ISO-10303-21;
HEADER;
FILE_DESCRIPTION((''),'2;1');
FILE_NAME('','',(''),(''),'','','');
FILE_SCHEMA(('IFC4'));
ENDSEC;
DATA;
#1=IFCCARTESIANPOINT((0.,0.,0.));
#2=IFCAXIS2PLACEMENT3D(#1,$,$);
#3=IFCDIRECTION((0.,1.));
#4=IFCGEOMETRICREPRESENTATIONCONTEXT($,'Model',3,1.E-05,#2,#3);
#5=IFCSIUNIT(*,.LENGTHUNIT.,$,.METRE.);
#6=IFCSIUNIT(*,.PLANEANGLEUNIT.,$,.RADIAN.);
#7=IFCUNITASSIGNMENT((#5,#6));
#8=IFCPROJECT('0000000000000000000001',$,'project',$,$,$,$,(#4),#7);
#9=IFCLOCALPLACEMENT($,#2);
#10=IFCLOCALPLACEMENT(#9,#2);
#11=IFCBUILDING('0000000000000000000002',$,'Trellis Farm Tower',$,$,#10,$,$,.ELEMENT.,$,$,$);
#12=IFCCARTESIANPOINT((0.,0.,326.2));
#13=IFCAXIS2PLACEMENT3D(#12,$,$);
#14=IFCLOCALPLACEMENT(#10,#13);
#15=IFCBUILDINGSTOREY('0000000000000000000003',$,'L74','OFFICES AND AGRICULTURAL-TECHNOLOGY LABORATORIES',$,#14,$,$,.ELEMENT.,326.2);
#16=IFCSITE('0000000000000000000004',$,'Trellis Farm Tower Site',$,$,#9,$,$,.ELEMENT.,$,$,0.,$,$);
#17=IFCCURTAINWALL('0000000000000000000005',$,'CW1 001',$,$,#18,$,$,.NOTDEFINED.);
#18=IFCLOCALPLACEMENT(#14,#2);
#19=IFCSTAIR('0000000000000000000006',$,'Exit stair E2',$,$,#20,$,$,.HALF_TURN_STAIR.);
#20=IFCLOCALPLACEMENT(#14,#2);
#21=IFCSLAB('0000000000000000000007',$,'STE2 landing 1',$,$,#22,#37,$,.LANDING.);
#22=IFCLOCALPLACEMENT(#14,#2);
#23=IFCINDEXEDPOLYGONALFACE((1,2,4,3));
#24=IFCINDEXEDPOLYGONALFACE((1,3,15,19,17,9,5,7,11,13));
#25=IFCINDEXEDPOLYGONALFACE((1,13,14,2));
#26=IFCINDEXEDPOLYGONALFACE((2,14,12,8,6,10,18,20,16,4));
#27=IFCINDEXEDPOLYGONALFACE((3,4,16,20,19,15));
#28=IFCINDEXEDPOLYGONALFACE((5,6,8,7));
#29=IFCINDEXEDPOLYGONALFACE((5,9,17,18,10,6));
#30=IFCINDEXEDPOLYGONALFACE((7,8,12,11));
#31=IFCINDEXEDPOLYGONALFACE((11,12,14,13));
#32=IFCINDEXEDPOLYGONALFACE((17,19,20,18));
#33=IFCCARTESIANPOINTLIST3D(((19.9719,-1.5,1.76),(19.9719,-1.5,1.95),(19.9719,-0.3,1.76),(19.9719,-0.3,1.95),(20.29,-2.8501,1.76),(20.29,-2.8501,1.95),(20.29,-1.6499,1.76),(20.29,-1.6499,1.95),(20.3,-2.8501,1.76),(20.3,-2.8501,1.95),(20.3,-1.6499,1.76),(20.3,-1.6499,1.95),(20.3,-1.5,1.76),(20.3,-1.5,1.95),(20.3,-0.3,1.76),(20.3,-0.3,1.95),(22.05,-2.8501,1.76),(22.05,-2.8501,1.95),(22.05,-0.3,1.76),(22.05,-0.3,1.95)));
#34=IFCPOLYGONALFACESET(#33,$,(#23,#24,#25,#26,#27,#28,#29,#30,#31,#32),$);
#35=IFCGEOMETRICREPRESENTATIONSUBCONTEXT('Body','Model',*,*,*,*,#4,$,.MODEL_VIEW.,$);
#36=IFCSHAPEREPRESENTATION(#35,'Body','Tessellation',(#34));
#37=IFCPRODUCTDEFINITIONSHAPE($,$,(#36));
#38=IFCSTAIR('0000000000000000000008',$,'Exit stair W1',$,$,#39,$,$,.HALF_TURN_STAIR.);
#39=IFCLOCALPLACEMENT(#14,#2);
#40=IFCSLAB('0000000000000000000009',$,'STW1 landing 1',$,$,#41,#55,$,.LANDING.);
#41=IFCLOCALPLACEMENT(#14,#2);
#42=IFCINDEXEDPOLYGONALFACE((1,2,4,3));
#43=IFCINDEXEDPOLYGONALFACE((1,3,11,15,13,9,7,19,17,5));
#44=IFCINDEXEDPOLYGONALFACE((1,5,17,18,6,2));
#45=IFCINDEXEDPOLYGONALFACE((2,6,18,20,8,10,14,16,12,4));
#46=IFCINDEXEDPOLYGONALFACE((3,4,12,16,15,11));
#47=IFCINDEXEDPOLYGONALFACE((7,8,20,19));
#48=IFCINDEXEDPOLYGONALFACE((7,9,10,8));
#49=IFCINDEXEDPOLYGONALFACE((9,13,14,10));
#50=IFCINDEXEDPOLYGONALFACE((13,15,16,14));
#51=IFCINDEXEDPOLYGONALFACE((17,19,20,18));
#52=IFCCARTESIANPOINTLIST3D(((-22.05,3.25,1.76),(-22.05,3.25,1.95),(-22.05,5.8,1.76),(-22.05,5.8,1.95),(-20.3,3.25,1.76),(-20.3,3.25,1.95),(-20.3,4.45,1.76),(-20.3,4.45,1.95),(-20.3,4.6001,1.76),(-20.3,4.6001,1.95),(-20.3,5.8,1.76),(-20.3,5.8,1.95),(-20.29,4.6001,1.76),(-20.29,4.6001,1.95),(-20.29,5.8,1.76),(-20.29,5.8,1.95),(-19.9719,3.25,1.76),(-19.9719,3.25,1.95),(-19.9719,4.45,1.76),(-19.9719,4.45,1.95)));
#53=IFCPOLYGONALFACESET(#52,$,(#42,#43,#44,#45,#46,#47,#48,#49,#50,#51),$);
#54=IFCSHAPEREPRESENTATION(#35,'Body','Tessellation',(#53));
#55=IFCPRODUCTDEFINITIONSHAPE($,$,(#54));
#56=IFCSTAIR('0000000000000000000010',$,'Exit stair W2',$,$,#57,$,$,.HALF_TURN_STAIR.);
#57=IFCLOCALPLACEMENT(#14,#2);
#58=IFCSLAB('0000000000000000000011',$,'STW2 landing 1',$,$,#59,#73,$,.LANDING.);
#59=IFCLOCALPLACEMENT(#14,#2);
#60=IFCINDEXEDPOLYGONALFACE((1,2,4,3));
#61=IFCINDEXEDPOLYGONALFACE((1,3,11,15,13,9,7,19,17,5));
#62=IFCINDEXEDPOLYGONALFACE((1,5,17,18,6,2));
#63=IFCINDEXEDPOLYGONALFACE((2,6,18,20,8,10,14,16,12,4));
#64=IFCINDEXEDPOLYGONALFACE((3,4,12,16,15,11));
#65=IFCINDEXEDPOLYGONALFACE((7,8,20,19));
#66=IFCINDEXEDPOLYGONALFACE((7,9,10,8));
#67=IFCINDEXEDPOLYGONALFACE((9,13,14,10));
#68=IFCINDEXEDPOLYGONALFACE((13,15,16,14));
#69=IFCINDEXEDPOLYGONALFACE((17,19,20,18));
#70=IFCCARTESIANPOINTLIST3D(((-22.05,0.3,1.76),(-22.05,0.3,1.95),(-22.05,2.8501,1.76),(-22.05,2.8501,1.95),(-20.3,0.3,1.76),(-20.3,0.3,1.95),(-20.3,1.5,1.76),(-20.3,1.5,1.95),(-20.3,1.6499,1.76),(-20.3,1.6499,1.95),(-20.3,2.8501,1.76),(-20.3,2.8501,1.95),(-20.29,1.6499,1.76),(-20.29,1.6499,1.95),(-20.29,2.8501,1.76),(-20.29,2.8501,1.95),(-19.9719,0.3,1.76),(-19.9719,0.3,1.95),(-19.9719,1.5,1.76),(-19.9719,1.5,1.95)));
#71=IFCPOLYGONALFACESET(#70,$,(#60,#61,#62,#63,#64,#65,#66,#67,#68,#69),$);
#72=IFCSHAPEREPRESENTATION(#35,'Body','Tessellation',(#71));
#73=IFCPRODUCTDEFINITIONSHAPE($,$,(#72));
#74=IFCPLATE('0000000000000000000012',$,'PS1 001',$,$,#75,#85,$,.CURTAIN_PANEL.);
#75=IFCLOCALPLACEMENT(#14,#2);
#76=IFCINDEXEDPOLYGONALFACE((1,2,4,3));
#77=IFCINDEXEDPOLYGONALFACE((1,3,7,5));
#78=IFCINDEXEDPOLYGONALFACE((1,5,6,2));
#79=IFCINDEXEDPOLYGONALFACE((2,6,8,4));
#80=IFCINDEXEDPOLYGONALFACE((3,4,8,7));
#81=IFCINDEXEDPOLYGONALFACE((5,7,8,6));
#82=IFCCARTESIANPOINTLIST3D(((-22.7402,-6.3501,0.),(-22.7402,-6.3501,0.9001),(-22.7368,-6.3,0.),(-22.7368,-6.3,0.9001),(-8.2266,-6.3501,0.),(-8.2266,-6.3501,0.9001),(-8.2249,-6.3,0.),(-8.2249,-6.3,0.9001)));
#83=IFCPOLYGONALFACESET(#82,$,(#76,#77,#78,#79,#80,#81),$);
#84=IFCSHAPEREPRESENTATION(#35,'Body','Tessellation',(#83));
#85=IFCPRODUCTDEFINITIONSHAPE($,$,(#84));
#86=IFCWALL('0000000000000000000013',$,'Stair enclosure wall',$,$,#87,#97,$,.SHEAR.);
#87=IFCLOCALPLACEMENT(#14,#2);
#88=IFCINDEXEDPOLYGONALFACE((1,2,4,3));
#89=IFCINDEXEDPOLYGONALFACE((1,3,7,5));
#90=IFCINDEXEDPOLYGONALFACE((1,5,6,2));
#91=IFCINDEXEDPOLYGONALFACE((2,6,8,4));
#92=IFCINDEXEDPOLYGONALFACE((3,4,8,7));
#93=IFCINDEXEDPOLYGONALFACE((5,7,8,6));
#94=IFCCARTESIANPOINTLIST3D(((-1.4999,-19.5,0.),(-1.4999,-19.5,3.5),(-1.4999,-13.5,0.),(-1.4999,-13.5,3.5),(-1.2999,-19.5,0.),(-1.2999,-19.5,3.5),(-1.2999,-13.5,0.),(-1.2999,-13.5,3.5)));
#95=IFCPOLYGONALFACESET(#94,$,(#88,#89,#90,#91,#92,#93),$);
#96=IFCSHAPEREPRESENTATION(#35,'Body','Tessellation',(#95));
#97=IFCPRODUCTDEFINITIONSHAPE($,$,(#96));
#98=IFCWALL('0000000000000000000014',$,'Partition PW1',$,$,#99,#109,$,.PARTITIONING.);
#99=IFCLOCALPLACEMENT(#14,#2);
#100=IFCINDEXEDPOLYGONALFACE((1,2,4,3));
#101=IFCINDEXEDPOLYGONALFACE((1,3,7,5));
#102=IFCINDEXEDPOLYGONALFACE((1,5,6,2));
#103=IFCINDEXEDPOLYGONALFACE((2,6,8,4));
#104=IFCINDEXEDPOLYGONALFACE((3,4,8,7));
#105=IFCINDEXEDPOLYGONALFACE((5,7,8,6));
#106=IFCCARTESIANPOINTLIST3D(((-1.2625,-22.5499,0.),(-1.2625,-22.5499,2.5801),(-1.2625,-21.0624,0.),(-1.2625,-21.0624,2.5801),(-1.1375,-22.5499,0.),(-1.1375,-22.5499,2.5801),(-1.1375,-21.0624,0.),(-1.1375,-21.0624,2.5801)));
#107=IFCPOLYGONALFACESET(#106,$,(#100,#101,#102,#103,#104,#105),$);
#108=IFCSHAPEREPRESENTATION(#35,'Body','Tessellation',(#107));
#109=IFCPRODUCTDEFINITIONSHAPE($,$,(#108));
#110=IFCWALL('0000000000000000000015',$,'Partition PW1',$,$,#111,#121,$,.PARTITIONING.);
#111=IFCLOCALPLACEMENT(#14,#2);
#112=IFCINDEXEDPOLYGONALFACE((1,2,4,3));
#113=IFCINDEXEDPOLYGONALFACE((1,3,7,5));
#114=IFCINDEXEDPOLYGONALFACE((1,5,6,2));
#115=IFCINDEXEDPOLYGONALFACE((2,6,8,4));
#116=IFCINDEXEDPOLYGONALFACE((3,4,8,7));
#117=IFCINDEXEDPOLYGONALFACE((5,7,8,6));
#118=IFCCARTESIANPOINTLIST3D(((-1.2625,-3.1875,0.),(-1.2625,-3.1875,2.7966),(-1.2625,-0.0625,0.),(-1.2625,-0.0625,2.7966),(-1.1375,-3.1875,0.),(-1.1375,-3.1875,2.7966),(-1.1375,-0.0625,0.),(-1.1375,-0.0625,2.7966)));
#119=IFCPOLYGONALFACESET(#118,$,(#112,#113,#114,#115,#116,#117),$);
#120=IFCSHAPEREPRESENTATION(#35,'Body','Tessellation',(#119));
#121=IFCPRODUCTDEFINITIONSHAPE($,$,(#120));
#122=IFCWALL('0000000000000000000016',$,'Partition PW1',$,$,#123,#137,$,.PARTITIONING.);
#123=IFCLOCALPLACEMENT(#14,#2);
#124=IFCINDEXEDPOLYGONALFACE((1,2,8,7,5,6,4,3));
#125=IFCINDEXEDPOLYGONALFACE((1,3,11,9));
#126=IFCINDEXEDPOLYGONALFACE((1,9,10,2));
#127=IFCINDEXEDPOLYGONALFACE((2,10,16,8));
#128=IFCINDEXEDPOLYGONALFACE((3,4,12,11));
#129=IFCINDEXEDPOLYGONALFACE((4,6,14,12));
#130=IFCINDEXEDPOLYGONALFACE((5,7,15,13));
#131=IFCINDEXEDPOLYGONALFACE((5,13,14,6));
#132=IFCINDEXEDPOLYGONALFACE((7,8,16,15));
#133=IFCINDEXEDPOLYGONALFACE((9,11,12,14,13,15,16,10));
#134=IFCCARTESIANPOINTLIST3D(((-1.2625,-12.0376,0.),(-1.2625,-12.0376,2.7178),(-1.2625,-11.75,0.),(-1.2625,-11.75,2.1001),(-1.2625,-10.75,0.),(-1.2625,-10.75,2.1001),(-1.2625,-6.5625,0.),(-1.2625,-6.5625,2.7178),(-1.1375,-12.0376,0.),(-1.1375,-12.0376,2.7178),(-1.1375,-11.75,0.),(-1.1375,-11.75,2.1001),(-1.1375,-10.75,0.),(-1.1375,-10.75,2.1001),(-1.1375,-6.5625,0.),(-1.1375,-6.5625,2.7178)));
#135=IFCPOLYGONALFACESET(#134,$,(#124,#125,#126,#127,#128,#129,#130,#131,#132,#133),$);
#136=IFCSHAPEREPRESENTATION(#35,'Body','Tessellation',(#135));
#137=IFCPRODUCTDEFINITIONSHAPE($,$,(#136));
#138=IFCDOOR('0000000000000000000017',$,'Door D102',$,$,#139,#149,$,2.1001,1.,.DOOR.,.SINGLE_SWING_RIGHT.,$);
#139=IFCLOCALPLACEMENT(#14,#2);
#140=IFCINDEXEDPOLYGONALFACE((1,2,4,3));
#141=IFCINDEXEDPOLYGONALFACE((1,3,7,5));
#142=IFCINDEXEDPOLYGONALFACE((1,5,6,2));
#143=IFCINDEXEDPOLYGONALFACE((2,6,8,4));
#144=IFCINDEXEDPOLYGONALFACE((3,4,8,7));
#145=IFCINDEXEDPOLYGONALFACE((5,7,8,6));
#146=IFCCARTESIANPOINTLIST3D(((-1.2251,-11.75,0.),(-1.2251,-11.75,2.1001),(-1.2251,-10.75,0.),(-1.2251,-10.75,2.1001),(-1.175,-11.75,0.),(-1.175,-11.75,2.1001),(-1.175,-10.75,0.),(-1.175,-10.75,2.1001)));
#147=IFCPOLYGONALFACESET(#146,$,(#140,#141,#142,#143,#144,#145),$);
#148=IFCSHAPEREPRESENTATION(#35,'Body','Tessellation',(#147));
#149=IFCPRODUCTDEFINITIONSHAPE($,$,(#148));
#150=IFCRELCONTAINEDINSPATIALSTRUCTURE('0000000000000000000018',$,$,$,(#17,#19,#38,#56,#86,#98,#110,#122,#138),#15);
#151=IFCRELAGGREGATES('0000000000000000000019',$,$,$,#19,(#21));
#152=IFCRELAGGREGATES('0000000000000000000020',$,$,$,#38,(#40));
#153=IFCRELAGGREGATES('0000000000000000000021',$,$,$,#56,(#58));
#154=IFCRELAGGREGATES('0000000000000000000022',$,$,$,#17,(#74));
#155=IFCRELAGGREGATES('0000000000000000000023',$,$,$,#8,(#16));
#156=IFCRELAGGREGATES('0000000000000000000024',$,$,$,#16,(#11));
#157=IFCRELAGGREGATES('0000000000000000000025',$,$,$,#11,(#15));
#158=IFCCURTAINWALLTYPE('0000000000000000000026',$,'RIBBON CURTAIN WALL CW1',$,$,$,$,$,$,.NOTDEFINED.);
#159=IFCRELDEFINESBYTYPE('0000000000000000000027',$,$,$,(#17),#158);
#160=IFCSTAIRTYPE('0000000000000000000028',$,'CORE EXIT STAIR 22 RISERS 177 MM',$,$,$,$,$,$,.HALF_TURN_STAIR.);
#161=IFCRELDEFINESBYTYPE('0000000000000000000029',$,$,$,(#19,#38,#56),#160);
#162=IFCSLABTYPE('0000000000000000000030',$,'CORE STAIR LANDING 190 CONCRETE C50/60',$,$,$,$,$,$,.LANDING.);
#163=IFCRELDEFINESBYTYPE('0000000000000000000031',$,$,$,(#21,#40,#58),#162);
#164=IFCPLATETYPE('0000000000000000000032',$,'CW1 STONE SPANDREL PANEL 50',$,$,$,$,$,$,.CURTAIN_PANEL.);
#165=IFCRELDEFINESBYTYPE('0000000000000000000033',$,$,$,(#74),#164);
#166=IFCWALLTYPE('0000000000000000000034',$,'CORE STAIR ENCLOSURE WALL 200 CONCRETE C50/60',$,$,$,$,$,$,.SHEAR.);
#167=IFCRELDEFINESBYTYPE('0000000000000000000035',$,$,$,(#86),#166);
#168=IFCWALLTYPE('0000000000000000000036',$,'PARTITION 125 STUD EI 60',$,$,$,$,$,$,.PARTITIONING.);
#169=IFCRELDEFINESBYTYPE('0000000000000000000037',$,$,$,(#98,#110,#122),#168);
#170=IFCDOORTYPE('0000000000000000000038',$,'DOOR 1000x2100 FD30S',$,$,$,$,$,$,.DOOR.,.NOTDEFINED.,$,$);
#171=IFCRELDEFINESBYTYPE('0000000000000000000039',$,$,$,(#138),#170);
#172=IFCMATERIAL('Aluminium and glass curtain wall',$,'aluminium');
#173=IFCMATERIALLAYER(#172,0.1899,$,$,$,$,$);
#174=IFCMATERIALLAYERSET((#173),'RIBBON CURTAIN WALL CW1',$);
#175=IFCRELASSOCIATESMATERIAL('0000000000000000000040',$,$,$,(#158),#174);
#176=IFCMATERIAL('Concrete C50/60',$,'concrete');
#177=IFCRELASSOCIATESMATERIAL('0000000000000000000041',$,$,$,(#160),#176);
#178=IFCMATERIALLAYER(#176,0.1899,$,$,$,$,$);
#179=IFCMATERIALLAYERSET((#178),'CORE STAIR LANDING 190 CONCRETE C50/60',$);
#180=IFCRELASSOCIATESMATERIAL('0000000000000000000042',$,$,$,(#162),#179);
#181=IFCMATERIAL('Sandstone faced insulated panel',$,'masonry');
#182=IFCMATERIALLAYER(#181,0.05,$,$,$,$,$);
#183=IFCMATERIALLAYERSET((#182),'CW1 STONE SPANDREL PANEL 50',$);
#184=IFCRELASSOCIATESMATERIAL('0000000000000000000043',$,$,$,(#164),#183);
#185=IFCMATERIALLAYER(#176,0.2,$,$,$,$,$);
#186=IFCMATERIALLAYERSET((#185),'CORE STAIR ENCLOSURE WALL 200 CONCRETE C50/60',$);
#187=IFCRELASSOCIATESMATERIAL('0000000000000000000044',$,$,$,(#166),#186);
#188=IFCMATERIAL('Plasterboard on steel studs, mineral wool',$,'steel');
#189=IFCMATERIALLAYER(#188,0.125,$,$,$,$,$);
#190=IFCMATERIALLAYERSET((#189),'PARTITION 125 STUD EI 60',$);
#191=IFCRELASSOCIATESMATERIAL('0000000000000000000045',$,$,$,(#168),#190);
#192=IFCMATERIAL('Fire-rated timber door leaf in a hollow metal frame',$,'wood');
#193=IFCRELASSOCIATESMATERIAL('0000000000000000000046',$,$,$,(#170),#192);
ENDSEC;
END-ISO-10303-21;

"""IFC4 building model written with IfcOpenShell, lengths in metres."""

from ifc_helpers import new_model, si_unit, direction, frame, frame_2d, origin, place, context, subcontext, project, spatial, polyline, rectangle, outline, extrude, source, transform, mapped, material, layer, layer_set, type_object, element, fill, aggregate, save


model = new_model("IFC4")

# Units and contexts
model_context = context("Model", 3, precision=1e-05, world=origin(), true_north=direction((0.0, 1.0)))
body_context = subcontext(model_context, "Body", "Model", "MODEL_VIEW")
ifc_project = project(units=[si_unit("LENGTHUNIT", "METRE"), si_unit("PLANEANGLEUNIT", "RADIAN")], contexts=[model_context])

# Site, building, storey
site_placement = place(None, origin())
site = spatial("IfcSite", under=ifc_project, at=site_placement, Name="Trellis Farm Tower Site", CompositionType="ELEMENT", RefElevation=0.0)
building_placement = place(site_placement, origin())
building = spatial("IfcBuilding", under=site, at=building_placement, Name="Trellis Farm Tower", CompositionType="ELEMENT")
storey_placement = place(building_placement, frame((0.0, 0.0, 326.2)))
storey = spatial("IfcBuildingStorey", under=building, at=storey_placement, Name="L74", Description="OFFICES AND AGRICULTURAL-TECHNOLOGY LABORATORIES", CompositionType="ELEMENT", Elevation=326.2)

# Curtain wall
ifc_material_1 = material(Name="Aluminium and glass curtain wall", Category="aluminium")
placement_1 = place(storey_placement, origin())
ifc_layer_1 = layer(ifc_material_1, 0.1899)
ifc_layer_set_1 = layer_set([ifc_layer_1], Name="RIBBON CURTAIN WALL CW1")
curtain_wall_type_1 = type_object("IfcCurtainWallType", Name="RIBBON CURTAIN WALL CW1", PredefinedType="NOTDEFINED", material=ifc_layer_set_1)
curtain_wall_1 = element("IfcCurtainWall", 1, at=placement_1, inside=storey, type_object=curtain_wall_type_1, Name="CW1 001", PredefinedType="NOTDEFINED")

# Stairs, slabs
ifc_material_2 = material(Name="Concrete C50/60", Category="concrete")
stair_type = type_object("IfcStairType", Name="CORE EXIT STAIR 22 RISERS 177 MM", PredefinedType="HALF_TURN_STAIR", material=ifc_material_2)
ifc_layer_2 = layer(ifc_material_2, 0.1899)
ifc_layer_set_2 = layer_set([ifc_layer_2], Name="CORE STAIR LANDING 190 CONCRETE C50/60")
slab_type_1 = type_object("IfcSlabType", Name="CORE STAIR LANDING 190 CONCRETE C50/60", PredefinedType="LANDING", material=ifc_layer_set_2)
placement_2 = place(storey_placement, frame((0.0, 0.0, 1.76)))
stair_1 = element("IfcStair", 2, at=placement_1, inside=storey, type_object=stair_type, Name="Exit stair E2", PredefinedType="HALF_TURN_STAIR")
shared_shape_1 = source(origin(), body_context, "Body", "SweptSolid", [
    extrude(outline(polyline([(20.29, -2.8501), (20.29, -1.6499), (20.3, -1.6499), (20.3, -1.5), (19.9719, -1.5), (19.9719, -0.3), (20.3, -0.3), (22.05, -0.3), (22.05, -2.8501), (20.3, -2.8501), (20.29, -2.8501)])), origin(), (0.0, 0.0, 1.0), 0.1899),
])
slab_1 = element("IfcSlab", 3, at=placement_2, type_object=slab_type_1, Name="STE2 landing 1", PredefinedType="LANDING", context=body_context, shape_type="MappedRepresentation", body=[
    mapped(shared_shape_1, transform((0.0, 0.0, 0.0))),
])
aggregate(stair_1, [slab_1])
stair_2 = element("IfcStair", 4, at=placement_1, inside=storey, type_object=stair_type, Name="Exit stair W1", PredefinedType="HALF_TURN_STAIR")
shared_shape_2 = source(origin(), body_context, "Body", "SweptSolid", [
    extrude(outline(polyline([(-19.9719, 4.45), (-19.9719, 3.25), (-20.3, 3.25), (-22.05, 3.25), (-22.05, 5.8), (-20.3, 5.8), (-20.29, 5.8), (-20.29, 4.6001), (-20.3, 4.6001), (-20.3, 4.45), (-19.9719, 4.45)])), origin(), (0.0, 0.0, 1.0), 0.1899),
])
slab_2 = element("IfcSlab", 5, at=placement_2, type_object=slab_type_1, Name="STW1 landing 1", PredefinedType="LANDING", context=body_context, shape_type="MappedRepresentation", body=[
    mapped(shared_shape_2, transform((0.0, 0.0, 0.0))),
])
aggregate(stair_2, [slab_2])
stair_3 = element("IfcStair", 6, at=placement_1, inside=storey, type_object=stair_type, Name="Exit stair W2", PredefinedType="HALF_TURN_STAIR")
shared_shape_3 = source(origin(), body_context, "Body", "SweptSolid", [
    extrude(outline(polyline([(-19.9719, 1.5), (-19.9719, 0.3), (-20.3, 0.3), (-22.05, 0.3), (-22.05, 2.8501), (-20.3, 2.8501), (-20.29, 2.8501), (-20.29, 1.6499), (-20.3, 1.6499), (-20.3, 1.5), (-19.9719, 1.5)])), origin(), (0.0, 0.0, 1.0), 0.1899),
])
slab_3 = element("IfcSlab", 7, at=placement_2, type_object=slab_type_1, Name="STW2 landing 1", PredefinedType="LANDING", context=body_context, shape_type="MappedRepresentation", body=[
    mapped(shared_shape_3, transform((0.0, 0.0, 0.0))),
])
aggregate(stair_3, [slab_3])

# Plate
ifc_material_3 = material(Name="Sandstone faced insulated panel", Category="masonry")
ifc_layer_3 = layer(ifc_material_3, 0.05)
ifc_layer_set_3 = layer_set([ifc_layer_3], Name="CW1 STONE SPANDREL PANEL 50")
plate_type_1 = type_object("IfcPlateType", Name="CW1 STONE SPANDREL PANEL 50", PredefinedType="CURTAIN_PANEL", material=ifc_layer_set_3)
shared_shape_4 = source(origin(), body_context, "Body", "SweptSolid", [
    extrude(outline(polyline([(-22.7402, -6.3501), (-8.2266, -6.3501), (-8.2249, -6.3), (-22.7368, -6.3), (-22.7402, -6.3501)])), origin(), (0.0, 0.0, 1.0), 0.9001),
])
plate_1 = element("IfcPlate", 8, at=placement_1, type_object=plate_type_1, Name="PS1 001", PredefinedType="CURTAIN_PANEL", context=body_context, shape_type="MappedRepresentation", body=[
    mapped(shared_shape_4, transform((0.0, 0.0, 0.0))),
])
aggregate(curtain_wall_1, [plate_1])

# Walls
ifc_layer_4 = layer(ifc_material_2, 0.2)
ifc_layer_set_4 = layer_set([ifc_layer_4], Name="CORE STAIR ENCLOSURE WALL 200 CONCRETE C50/60")
wall_type_1 = type_object("IfcWallType", Name="CORE STAIR ENCLOSURE WALL 200 CONCRETE C50/60", PredefinedType="SHEAR", material=ifc_layer_set_4)
shared_shape_5 = source(origin(), body_context, "Body", "SweptSolid", [
    extrude(rectangle(XDim=6.0, YDim=0.2, at=frame_2d((3.0, 0.0))), origin(), (0.0, 0.0, 1.0), 3.5),
])
wall_1_placement = place(storey_placement, frame((-1.3999, -13.5, 0.0), z_axis=(0.0, 0.0, 1.0), x_axis=(0.0, -1.0, 0.0)))
element("IfcWall", 9, at=wall_1_placement, inside=storey, type_object=wall_type_1, Name="Stair enclosure wall", PredefinedType="SHEAR", context=body_context, shape_type="MappedRepresentation", body=[
    mapped(shared_shape_5, transform((0.0, 0.0, 0.0))),
])
ifc_material_4 = material(Name="Plasterboard on steel studs, mineral wool", Category="steel")
ifc_layer_5 = layer(ifc_material_4, 0.125)
ifc_layer_set_5 = layer_set([ifc_layer_5], Name="PARTITION 125 STUD EI 60")
wall_type_2 = type_object("IfcWallType", Name="PARTITION 125 STUD EI 60", PredefinedType="PARTITIONING", material=ifc_layer_set_5)
shared_shape_6 = source(origin(), body_context, "Body", "SweptSolid", [
    extrude(rectangle(XDim=1.4875, YDim=0.125, at=frame_2d((0.7437, 0.0))), origin(), (0.0, 0.0, 1.0), 2.5801),
])
wall_2_placement = place(storey_placement, frame((-1.2, -21.0625, 0.0), z_axis=(0.0, 0.0, 1.0), x_axis=(0.0, -1.0, 0.0)))
element("IfcWall", 10, at=wall_2_placement, inside=storey, type_object=wall_type_2, Name="Partition PW1", PredefinedType="PARTITIONING", context=body_context, shape_type="MappedRepresentation", body=[
    mapped(shared_shape_6, transform((0.0, 0.0, 0.0))),
])
shared_shape_7 = source(origin(), body_context, "Body", "SweptSolid", [
    extrude(rectangle(XDim=3.125, YDim=0.125, at=frame_2d((1.5625, 0.0))), origin(), (0.0, 0.0, 1.0), 2.7966),
])
wall_3_placement = place(storey_placement, frame((-1.2, -0.0625, 0.0), z_axis=(0.0, 0.0, 1.0), x_axis=(0.0, -1.0, 0.0)))
element("IfcWall", 11, at=wall_3_placement, inside=storey, type_object=wall_type_2, Name="Partition PW1", PredefinedType="PARTITIONING", context=body_context, shape_type="MappedRepresentation", body=[
    mapped(shared_shape_7, transform((0.0, 0.0, 0.0))),
])

# Wall, opening, door
shared_shape_8 = source(origin(), body_context, "Body", "SweptSolid", [
    extrude(rectangle(XDim=5.4751, YDim=0.125, at=frame_2d((2.7375, 0.0))), origin(), (0.0, 0.0, 1.0), 2.7178),
])
wall_4_placement = place(storey_placement, frame((-1.2, -6.5625, 0.0), z_axis=(0.0, 0.0, 1.0), x_axis=(0.0, -1.0, 0.0)))
wall_4 = element("IfcWall", 12, at=wall_4_placement, inside=storey, type_object=wall_type_2, Name="Partition PW1", PredefinedType="PARTITIONING", context=body_context, shape_type="MappedRepresentation", body=[
    mapped(shared_shape_8, transform((0.0, 0.0, 0.0))),
])
shared_shape_9 = source(origin(), body_context, "Body", "SweptSolid", [
    extrude(rectangle(XDim=1.0, YDim=2.1001, at=frame_2d((0.5, 1.05))), frame((0.0, 0.0725, 0.0), z_axis=(0.0, -1.0, 0.0), x_axis=(1.0, 0.0, 0.0)), (0.0, 0.0, 1.0), 0.145),
])
opening_1_placement = place(wall_4_placement, frame((4.1875, 0.0, 0.0)))
opening_1 = element("IfcOpeningElement", 13, at=opening_1_placement, cuts=wall_4, PredefinedType="OPENING", context=body_context, shape_type="MappedRepresentation", body=[
    mapped(shared_shape_9, transform((0.0, 0.0, 0.0))),
])
ifc_material_5 = material(Name="Fire-rated timber door leaf in a hollow metal frame", Category="wood")
door_type_1 = type_object("IfcDoorType", Name="DOOR 1000x2100 FD30S", OperationType="NOTDEFINED", PredefinedType="DOOR", material=ifc_material_5)
shared_shape_10 = source(origin(), body_context, "Body", "SweptSolid", [
    extrude(rectangle(XDim=1.0, YDim=2.1001, at=frame_2d((0.5, 1.05))), frame((0.0, 0.0249, 0.0), z_axis=(0.0, -1.0, 0.0), x_axis=(1.0, 0.0, 0.0)), (0.0, 0.0, 1.0), 0.05),
])
door_1_placement = place(opening_1_placement, origin())
door_1 = element("IfcDoor", 14, at=door_1_placement, inside=storey, type_object=door_type_1, Name="Door D102", OperationType="SINGLE_SWING_RIGHT", OverallHeight=2.1001, OverallWidth=1.0, PredefinedType="DOOR", context=body_context, shape_type="MappedRepresentation", body=[
    mapped(shared_shape_10, transform((0.0, 0.0, 0.0))),
])
fill(opening_1, door_1)

save(model, "model.ifc")
